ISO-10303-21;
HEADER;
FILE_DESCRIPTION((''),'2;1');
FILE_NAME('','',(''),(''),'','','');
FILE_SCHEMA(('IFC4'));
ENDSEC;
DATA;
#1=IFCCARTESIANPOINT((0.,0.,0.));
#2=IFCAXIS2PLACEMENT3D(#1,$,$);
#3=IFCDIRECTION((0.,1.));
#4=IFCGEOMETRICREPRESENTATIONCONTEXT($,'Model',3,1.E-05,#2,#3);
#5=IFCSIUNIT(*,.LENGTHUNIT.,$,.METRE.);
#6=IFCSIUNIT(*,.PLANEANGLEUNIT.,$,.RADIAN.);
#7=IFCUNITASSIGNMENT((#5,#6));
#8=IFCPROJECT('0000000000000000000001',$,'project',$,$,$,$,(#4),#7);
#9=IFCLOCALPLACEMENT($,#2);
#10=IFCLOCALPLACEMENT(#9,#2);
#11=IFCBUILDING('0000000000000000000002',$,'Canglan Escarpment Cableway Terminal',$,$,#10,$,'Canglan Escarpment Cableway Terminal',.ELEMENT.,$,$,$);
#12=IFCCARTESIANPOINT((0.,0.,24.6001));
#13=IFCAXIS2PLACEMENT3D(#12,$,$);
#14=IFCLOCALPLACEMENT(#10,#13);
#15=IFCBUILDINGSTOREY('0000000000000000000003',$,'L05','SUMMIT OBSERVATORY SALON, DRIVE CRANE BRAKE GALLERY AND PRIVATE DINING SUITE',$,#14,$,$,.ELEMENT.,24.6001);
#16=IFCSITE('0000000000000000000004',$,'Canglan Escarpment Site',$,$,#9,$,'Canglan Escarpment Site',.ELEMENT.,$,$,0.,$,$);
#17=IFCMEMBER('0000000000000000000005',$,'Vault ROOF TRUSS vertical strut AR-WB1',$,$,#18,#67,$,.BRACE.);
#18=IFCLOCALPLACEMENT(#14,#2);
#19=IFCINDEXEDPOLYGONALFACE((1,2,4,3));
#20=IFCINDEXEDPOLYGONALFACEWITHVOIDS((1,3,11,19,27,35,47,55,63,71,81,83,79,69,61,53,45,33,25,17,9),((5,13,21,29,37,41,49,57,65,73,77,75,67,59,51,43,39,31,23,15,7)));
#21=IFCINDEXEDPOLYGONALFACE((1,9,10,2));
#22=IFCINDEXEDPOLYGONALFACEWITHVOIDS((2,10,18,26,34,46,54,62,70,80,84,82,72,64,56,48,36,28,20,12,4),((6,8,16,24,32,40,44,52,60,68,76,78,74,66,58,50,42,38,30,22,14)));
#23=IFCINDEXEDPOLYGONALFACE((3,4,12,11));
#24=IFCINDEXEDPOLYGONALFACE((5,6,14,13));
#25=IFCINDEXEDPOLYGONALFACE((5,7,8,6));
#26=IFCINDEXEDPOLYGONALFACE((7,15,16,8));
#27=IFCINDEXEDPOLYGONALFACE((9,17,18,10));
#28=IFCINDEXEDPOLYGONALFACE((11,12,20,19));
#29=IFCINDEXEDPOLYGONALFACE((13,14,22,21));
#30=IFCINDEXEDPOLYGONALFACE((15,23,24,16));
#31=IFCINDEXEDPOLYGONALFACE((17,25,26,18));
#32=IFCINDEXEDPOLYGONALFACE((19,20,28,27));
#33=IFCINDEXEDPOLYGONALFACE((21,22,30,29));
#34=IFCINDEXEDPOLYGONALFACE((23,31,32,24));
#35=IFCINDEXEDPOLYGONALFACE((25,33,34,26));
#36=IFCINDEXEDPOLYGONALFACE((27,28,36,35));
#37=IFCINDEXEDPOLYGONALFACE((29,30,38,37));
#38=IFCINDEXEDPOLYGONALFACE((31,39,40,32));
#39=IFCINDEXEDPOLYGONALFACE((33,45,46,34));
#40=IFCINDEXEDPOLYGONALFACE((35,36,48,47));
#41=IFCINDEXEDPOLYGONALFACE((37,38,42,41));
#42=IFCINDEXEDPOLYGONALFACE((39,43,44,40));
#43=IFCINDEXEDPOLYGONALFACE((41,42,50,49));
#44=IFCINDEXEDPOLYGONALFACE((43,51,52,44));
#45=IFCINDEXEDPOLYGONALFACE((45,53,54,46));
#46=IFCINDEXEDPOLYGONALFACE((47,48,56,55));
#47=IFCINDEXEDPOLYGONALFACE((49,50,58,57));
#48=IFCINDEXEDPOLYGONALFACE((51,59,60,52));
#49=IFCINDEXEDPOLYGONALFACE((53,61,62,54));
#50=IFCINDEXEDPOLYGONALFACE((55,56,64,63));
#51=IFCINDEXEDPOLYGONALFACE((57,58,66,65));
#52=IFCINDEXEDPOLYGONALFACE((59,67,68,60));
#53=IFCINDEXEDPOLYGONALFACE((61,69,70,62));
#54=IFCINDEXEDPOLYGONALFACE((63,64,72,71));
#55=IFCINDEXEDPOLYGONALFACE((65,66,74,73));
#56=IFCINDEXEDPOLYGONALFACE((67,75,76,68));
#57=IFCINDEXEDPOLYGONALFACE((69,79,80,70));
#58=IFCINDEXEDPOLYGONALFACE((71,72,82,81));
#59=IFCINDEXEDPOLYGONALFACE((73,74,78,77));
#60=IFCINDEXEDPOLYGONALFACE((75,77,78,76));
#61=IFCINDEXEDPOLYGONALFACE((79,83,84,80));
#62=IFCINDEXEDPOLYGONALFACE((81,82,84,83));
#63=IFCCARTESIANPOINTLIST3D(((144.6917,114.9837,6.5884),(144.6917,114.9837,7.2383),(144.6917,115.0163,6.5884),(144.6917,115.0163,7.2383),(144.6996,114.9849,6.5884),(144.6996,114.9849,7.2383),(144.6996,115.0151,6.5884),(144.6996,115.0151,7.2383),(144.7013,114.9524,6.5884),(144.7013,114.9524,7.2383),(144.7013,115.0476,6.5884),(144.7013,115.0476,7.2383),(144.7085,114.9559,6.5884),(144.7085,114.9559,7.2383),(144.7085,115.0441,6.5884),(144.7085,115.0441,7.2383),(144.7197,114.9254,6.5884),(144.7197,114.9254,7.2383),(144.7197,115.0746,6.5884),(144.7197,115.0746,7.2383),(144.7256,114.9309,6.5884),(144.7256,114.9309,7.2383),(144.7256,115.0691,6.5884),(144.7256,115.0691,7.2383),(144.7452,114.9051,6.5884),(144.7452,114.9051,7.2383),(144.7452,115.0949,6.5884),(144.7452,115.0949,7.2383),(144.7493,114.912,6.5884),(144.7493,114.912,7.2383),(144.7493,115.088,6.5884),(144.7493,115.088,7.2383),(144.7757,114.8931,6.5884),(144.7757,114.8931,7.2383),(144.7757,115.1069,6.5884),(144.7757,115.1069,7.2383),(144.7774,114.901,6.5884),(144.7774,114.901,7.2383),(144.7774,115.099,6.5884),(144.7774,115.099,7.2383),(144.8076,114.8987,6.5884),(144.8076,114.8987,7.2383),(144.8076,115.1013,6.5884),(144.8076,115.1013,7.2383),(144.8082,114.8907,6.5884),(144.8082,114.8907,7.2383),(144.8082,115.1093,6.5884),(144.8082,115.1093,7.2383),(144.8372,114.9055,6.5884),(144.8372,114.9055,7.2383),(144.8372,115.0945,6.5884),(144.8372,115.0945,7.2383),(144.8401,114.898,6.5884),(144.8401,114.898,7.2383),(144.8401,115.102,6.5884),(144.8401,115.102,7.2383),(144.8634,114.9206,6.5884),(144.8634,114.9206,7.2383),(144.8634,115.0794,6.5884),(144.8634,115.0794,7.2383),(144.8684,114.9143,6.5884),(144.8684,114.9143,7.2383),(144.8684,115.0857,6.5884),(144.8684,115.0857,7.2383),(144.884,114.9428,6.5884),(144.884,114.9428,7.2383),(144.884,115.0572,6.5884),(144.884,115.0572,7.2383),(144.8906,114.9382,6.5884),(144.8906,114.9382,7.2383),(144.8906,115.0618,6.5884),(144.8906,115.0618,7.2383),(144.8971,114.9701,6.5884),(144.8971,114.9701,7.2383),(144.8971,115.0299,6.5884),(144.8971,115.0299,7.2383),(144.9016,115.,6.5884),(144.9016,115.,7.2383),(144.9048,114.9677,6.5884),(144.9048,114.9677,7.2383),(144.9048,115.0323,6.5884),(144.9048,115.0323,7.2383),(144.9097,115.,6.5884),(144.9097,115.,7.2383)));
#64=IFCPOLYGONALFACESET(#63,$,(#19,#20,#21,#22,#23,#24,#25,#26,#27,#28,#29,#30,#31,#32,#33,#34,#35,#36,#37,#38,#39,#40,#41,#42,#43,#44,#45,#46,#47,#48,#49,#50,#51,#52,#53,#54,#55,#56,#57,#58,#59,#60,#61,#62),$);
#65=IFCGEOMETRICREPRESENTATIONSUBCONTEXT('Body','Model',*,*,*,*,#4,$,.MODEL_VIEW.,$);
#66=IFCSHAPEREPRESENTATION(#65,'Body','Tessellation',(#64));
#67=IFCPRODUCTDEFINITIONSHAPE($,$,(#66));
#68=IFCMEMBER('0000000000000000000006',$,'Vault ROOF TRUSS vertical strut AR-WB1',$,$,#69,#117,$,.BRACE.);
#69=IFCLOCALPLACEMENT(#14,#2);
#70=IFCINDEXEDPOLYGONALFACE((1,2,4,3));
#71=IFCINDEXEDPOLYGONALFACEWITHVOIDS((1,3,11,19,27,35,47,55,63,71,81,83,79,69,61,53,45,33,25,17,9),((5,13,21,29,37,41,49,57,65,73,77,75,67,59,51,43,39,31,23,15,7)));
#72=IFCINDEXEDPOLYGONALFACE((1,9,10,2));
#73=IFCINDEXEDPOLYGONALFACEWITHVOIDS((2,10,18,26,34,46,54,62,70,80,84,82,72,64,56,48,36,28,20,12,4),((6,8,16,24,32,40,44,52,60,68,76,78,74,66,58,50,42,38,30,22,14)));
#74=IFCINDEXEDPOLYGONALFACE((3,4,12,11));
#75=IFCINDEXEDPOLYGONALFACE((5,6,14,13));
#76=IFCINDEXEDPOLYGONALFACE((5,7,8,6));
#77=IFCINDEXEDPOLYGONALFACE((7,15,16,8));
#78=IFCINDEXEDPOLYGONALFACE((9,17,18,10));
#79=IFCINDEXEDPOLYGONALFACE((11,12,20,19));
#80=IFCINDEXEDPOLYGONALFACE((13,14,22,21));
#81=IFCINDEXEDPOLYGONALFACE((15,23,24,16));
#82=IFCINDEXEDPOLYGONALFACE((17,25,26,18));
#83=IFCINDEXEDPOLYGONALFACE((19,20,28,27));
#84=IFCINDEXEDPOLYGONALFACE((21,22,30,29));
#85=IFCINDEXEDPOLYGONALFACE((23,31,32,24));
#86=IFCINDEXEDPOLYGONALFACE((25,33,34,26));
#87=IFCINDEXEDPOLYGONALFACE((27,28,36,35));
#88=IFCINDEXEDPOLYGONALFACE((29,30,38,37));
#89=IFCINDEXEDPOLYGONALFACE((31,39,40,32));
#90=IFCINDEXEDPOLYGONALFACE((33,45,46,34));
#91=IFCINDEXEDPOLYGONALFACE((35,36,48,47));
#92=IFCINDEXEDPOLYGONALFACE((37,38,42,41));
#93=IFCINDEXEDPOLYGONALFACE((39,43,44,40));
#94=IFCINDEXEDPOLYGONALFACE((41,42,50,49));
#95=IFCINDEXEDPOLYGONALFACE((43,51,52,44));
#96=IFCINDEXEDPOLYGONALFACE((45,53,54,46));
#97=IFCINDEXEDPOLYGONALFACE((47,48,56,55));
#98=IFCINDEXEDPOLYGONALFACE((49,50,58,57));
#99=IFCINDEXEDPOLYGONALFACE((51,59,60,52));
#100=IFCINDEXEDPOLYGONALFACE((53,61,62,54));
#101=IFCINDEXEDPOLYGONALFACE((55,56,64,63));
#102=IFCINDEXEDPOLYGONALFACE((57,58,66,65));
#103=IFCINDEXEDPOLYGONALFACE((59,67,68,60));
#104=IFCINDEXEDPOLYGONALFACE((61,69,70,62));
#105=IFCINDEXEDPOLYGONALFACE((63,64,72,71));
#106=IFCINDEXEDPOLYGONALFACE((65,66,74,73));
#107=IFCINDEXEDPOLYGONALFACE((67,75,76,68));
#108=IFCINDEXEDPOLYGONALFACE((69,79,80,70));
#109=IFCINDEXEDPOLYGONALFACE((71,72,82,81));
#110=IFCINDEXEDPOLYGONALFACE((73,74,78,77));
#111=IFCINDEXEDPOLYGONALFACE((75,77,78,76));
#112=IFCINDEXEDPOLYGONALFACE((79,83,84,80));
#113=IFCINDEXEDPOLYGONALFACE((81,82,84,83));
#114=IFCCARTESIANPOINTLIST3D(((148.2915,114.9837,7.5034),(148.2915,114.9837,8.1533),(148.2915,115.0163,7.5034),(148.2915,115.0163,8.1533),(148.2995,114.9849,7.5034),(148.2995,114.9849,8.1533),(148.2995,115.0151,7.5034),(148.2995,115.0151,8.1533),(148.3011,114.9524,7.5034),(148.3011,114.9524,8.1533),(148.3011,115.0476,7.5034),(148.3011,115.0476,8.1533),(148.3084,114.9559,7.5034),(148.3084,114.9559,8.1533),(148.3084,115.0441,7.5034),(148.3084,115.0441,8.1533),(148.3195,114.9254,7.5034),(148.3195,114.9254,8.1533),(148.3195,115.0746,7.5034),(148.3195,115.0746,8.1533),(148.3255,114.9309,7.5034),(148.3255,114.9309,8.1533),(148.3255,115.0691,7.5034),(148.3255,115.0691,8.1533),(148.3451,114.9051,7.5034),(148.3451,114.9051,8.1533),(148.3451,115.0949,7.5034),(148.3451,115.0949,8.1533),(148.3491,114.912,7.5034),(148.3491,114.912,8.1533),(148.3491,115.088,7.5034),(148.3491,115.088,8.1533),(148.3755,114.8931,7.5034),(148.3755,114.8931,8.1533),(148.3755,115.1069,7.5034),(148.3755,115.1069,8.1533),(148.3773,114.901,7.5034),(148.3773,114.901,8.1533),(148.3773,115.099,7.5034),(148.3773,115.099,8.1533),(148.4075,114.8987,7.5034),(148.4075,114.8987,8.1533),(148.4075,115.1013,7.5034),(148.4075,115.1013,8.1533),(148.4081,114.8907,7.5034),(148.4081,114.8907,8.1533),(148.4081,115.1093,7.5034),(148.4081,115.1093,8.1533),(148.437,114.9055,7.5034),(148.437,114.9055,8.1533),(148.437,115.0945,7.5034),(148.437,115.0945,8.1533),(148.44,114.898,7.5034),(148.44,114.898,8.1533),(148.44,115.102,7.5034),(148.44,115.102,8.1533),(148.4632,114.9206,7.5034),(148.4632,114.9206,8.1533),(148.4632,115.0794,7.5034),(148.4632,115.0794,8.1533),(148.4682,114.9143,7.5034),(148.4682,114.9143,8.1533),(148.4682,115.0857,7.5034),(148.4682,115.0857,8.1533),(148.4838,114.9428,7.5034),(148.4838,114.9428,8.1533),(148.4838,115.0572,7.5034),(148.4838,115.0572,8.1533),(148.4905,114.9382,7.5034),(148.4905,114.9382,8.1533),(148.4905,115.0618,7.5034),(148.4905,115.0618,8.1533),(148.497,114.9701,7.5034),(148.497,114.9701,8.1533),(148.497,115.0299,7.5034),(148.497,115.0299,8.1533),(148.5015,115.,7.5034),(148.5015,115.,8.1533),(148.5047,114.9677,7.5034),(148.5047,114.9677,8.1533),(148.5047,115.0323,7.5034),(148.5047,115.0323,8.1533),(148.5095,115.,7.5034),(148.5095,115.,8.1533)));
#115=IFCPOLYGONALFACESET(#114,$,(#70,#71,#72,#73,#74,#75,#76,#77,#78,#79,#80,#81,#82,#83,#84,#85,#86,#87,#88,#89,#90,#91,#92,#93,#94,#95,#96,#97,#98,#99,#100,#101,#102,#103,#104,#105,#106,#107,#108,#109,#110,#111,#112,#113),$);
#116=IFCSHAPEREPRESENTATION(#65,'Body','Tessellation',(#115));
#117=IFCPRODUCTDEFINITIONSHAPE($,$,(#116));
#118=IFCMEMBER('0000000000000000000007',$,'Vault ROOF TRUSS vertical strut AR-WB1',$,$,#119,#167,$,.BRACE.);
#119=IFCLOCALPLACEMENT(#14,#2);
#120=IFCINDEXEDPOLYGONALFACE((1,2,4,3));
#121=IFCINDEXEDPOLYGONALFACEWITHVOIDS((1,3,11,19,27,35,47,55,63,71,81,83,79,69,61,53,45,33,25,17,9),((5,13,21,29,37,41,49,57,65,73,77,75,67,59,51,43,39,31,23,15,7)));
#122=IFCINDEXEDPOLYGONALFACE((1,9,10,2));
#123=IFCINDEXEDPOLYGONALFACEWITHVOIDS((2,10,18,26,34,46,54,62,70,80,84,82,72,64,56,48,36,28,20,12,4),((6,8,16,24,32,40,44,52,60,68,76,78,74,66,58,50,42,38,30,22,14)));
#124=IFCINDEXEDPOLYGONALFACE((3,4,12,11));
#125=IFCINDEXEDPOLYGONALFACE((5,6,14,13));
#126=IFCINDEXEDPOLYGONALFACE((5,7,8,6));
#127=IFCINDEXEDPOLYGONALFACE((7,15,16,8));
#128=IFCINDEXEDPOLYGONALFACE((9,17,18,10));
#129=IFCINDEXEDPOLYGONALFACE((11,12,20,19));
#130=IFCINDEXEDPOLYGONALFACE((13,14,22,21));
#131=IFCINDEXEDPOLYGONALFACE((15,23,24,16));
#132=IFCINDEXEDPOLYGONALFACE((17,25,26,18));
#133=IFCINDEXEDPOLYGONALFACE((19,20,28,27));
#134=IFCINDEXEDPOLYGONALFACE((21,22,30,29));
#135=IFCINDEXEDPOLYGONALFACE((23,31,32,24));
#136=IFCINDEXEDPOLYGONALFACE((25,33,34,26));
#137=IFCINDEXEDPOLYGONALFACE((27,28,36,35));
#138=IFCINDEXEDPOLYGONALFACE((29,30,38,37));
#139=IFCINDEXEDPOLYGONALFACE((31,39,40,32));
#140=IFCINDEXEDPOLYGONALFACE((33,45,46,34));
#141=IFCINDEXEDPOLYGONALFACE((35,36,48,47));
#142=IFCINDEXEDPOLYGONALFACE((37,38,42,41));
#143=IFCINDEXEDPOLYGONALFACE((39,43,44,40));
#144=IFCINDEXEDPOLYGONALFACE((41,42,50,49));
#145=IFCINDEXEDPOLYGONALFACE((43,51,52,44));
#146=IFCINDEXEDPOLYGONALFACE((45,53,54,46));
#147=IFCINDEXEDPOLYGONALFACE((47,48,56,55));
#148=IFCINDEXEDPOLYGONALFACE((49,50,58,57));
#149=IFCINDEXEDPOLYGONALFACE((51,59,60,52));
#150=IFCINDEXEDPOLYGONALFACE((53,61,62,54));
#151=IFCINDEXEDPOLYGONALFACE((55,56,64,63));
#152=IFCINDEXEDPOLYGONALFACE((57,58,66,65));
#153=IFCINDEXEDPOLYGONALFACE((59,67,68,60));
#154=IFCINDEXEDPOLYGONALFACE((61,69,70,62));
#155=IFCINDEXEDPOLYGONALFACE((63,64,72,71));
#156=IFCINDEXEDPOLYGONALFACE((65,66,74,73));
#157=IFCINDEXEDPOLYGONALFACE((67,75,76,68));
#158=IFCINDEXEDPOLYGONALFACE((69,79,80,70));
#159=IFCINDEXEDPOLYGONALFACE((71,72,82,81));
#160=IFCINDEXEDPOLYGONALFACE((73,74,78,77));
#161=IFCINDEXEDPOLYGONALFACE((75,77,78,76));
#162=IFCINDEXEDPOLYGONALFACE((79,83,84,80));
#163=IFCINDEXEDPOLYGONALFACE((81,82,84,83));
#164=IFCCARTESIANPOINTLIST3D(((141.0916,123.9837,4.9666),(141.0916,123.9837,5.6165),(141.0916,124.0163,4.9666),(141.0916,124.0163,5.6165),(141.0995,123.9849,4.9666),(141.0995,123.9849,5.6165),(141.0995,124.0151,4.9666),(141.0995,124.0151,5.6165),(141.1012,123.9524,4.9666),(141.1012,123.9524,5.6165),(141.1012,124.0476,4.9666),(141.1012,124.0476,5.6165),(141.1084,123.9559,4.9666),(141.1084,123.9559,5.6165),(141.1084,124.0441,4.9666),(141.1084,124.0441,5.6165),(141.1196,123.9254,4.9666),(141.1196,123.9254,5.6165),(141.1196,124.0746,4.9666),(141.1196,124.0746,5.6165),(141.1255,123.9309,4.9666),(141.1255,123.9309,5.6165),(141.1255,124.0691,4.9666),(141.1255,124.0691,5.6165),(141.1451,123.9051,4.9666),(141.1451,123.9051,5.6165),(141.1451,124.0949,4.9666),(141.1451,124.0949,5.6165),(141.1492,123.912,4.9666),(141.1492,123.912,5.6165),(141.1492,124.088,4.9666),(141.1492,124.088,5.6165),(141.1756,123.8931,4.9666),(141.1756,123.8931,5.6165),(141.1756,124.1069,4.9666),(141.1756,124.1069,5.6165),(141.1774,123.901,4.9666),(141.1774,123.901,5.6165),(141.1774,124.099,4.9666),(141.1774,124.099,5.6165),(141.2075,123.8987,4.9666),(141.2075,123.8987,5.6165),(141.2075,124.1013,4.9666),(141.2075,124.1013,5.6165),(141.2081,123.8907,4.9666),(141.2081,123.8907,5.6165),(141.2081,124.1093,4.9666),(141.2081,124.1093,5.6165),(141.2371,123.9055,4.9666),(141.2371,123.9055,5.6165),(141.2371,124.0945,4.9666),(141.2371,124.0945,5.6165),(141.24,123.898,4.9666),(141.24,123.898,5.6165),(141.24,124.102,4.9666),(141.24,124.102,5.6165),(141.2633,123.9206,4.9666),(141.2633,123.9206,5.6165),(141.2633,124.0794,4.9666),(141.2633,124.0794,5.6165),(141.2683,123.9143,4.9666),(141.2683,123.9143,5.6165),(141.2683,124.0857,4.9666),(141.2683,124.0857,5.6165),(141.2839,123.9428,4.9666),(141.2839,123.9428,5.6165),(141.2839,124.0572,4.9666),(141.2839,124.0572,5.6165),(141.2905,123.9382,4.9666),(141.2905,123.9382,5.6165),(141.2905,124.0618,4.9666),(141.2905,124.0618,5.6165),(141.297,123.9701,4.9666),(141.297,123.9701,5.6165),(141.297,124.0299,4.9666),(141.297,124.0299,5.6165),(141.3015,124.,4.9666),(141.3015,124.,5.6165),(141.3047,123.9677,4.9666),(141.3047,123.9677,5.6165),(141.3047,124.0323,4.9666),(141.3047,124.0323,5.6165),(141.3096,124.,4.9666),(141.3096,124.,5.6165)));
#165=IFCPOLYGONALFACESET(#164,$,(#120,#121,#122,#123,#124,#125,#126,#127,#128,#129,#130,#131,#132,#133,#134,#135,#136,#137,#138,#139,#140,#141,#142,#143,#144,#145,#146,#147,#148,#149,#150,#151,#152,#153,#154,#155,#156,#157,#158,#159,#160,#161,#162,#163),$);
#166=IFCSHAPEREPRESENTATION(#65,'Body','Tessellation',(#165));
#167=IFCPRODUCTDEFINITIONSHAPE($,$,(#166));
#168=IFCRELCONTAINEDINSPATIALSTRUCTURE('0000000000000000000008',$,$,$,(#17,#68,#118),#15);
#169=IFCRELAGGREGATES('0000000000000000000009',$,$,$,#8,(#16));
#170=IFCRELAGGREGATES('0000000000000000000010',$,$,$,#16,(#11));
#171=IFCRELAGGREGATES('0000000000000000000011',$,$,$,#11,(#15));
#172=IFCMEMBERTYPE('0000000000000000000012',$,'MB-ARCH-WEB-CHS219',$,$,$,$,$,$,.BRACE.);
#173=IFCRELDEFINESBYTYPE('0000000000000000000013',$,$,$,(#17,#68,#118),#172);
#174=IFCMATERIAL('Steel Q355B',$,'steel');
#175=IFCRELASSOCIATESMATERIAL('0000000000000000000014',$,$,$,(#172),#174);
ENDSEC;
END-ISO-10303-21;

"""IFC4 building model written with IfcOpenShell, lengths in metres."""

from ifc_helpers import new_model, si_unit, direction, frame, origin, origin_2d, place, context, subcontext, project, spatial, hollow_circle, extrude, material, material_profile, profile_set, type_object, element, save


model = new_model("IFC4")

# Units and contexts
model_context = context("Model", 3, precision=1e-05, world=origin(), true_north=direction((0.0, 1.0)))
body_context = subcontext(model_context, "Body", "Model", "MODEL_VIEW")
ifc_project = project(units=[si_unit("LENGTHUNIT", "METRE"), si_unit("PLANEANGLEUNIT", "RADIAN")], contexts=[model_context])

# Site, building, storey
site_placement = place(None, origin())
site = spatial("IfcSite", under=ifc_project, at=site_placement, Name="Canglan Escarpment Site", LongName="Canglan Escarpment Site", CompositionType="ELEMENT", RefElevation=0.0)
building_placement = place(site_placement, origin())
building = spatial("IfcBuilding", under=site, at=building_placement, Name="Canglan Escarpment Cableway Terminal", LongName="Canglan Escarpment Cableway Terminal", CompositionType="ELEMENT")
storey_placement = place(building_placement, frame((0.0, 0.0, 24.6001)))
storey = spatial("IfcBuildingStorey", under=building, at=storey_placement, Name="L05", Description="SUMMIT OBSERVATORY SALON, DRIVE CRANE BRAKE GALLERY AND PRIVATE DINING SUITE", CompositionType="ELEMENT", Elevation=24.6001)

# Shared definitions
ifc_material_1 = material(Name="Steel Q355B", Category="steel")

# Members
ifc_material_profile_1 = material_profile(ifc_material_1, hollow_circle(Radius=0.1096, WallThickness=0.0081, at=origin_2d()), Name="CHS 219.1x8")
ifc_profile_set_1 = profile_set([ifc_material_profile_1], Name="Steel Q355B")
member_type_1 = type_object("IfcMemberType", Name="MB-ARCH-WEB-CHS219", PredefinedType="BRACE", material=ifc_profile_set_1)
for number, where, z_axis, x_axis, name in (
    (1, (144.8, 115.0, 6.5884), (0.0, 0.0, 1.0), (1.0, 0.0, 0.0), "Vault ROOF TRUSS vertical strut AR-WB1"),
    (2, (148.3999, 115.0, 7.5034), (0.0, 0.0, 1.0), (1.0, 0.0, 0.0), "Vault ROOF TRUSS vertical strut AR-WB1"),
    (3, (141.2, 124.0, 4.9666), (0.0, 0.0, 1.0), (1.0, 0.0, 0.0), "Vault ROOF TRUSS vertical strut AR-WB1"),
):
    element("IfcMember", number, at=place(storey_placement, frame(where, z_axis=z_axis, x_axis=x_axis)), inside=storey, type_object=member_type_1, Name=name, PredefinedType="BRACE", context=body_context, shape_type="SweptSolid", body=[
        extrude(hollow_circle(Radius=0.1096, WallThickness=0.0081, at=origin_2d()), origin(), (0.0, 0.0, 1.0), 0.6499),
    ])

save(model, "model.ifc")
